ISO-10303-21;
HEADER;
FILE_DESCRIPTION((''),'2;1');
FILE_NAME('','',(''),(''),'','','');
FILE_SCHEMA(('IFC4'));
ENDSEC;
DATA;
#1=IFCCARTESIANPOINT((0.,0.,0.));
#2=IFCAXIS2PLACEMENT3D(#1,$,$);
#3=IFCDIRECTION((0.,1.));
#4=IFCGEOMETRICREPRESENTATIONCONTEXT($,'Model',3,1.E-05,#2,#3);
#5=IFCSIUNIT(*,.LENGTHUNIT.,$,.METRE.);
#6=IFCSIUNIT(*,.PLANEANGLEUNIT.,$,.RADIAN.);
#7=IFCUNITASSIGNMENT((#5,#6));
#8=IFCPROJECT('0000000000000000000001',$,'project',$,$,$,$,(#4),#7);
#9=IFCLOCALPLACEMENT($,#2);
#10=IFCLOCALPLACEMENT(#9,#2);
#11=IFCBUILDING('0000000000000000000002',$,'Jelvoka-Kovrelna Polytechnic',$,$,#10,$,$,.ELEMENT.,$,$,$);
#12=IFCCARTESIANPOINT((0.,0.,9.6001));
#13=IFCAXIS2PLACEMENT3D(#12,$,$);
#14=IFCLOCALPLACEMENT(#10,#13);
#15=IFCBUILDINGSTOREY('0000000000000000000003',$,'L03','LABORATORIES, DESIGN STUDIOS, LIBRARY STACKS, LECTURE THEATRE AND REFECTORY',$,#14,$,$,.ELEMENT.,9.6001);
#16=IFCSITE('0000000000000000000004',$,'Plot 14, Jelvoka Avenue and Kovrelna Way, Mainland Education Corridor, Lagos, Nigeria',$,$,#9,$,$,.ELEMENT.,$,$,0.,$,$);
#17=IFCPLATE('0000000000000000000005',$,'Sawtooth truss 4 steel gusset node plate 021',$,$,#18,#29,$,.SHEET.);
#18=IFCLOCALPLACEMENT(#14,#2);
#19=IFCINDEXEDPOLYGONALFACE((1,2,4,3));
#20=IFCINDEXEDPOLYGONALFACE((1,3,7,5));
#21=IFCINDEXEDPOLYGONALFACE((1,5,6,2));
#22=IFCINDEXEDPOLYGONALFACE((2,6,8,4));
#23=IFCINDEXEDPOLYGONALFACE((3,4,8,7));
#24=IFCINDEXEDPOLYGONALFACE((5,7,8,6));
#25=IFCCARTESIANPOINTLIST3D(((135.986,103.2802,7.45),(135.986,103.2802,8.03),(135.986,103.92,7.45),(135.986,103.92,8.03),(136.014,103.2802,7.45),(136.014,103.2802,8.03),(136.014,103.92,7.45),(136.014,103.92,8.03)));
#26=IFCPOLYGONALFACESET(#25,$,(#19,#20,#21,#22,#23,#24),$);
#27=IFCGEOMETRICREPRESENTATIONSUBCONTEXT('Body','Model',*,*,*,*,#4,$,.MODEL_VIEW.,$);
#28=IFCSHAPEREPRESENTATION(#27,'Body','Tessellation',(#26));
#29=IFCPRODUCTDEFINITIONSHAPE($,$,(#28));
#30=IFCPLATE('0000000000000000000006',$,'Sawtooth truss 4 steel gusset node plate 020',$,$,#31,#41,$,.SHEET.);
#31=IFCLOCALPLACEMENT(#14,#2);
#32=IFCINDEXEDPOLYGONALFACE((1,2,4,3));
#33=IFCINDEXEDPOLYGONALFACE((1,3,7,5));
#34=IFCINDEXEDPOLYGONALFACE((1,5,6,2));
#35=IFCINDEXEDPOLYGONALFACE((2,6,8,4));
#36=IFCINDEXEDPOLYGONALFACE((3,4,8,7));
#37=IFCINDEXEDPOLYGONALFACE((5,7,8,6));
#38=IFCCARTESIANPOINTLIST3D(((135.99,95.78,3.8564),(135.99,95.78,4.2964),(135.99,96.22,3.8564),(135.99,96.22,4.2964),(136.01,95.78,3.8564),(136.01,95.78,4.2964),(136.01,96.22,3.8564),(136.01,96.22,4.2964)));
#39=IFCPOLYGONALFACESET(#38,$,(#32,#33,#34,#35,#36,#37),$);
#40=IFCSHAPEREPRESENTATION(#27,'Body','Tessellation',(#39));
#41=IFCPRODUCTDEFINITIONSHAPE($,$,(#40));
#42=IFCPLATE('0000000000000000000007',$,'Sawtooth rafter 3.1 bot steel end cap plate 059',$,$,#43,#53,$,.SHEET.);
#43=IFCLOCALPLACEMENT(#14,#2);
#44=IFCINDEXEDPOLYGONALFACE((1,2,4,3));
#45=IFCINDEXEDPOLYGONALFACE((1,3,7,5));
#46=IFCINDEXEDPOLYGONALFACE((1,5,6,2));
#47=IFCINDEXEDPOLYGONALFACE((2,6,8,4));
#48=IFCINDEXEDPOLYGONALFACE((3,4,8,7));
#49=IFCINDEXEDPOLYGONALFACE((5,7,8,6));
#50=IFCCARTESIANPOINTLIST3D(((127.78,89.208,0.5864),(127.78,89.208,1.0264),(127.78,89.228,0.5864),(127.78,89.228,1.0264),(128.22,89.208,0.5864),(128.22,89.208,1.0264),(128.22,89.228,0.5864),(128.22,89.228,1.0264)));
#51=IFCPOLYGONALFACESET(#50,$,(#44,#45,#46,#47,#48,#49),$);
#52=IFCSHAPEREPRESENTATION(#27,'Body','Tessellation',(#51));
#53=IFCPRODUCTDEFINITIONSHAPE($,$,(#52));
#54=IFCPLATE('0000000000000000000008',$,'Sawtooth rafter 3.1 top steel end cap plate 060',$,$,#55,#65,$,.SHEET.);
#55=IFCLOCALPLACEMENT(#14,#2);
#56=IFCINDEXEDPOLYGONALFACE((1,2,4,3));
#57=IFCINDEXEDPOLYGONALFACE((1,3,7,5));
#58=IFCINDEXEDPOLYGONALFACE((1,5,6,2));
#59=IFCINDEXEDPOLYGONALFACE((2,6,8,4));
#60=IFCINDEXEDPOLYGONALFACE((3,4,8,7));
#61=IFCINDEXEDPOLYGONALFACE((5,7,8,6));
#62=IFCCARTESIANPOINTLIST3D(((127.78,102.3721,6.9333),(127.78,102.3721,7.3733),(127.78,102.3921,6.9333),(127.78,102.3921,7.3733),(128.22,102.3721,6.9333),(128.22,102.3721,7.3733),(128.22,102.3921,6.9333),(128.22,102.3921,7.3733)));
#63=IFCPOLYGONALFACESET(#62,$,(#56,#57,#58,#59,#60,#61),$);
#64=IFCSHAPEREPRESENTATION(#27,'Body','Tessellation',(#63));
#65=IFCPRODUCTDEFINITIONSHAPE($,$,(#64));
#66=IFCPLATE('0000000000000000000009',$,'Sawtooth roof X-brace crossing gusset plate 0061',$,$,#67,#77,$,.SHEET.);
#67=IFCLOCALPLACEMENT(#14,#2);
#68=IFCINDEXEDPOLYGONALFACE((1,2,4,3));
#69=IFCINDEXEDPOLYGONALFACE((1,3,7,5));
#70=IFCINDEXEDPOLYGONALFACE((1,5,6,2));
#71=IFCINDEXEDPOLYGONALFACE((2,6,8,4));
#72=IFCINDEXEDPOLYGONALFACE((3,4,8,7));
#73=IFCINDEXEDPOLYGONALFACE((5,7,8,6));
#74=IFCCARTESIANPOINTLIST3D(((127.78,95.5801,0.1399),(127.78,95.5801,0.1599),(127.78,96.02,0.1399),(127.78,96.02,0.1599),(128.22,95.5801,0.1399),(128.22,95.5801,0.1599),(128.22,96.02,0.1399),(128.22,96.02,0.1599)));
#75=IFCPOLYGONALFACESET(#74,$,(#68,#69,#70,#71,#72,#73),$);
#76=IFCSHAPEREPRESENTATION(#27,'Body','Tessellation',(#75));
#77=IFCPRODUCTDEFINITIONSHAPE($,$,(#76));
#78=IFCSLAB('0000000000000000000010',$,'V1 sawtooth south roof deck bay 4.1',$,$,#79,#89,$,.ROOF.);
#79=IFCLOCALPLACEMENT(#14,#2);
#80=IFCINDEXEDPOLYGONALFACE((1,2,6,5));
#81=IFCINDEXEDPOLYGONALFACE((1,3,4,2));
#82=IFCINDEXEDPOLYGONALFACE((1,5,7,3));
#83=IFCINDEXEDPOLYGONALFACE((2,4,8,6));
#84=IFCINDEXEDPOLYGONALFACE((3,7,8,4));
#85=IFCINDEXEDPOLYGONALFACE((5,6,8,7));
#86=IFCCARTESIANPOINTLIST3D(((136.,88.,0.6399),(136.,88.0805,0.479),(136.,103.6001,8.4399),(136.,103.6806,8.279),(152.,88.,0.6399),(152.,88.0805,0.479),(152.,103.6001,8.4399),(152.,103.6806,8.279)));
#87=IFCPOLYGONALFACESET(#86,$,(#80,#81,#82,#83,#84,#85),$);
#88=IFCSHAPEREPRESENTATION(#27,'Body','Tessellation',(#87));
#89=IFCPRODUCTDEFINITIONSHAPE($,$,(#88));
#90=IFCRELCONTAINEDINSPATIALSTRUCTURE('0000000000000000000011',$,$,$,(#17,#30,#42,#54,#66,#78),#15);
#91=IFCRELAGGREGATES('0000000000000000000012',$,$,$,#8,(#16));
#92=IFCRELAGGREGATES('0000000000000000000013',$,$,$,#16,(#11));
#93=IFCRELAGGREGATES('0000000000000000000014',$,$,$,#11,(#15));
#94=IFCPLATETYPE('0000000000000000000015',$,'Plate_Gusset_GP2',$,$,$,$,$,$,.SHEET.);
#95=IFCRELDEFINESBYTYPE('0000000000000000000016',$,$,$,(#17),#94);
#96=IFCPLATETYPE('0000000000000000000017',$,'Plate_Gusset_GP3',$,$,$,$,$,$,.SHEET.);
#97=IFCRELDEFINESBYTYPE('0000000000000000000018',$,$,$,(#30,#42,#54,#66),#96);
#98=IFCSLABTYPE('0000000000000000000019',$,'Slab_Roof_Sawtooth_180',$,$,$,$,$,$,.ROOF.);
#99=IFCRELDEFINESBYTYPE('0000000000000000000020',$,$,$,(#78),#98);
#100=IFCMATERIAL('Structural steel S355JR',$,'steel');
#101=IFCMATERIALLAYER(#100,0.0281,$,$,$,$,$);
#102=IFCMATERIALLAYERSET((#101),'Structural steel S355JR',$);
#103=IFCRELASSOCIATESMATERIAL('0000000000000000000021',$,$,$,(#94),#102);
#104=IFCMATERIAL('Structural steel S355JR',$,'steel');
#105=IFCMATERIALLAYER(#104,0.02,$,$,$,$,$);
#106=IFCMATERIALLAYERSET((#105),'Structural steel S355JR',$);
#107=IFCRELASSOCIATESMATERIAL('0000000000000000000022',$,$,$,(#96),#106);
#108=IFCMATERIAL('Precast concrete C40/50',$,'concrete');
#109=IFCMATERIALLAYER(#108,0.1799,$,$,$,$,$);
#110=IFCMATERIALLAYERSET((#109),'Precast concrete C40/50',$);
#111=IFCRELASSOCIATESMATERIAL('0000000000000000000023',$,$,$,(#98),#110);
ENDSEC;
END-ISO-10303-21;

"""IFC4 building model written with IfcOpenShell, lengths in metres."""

from ifc_helpers import new_model, si_unit, direction, frame, origin, origin_2d, place, context, subcontext, project, spatial, polyline, rectangle, outline, extrude, material, layer, layer_set, type_object, element, save


model = new_model("IFC4")

# Units and contexts
model_context = context("Model", 3, precision=1e-05, world=origin(), true_north=direction((0.0, 1.0)))
body_context = subcontext(model_context, "Body", "Model", "MODEL_VIEW")
ifc_project = project(units=[si_unit("LENGTHUNIT", "METRE"), si_unit("PLANEANGLEUNIT", "RADIAN")], contexts=[model_context])

# Site, building, storey
site_placement = place(None, origin())
site = spatial("IfcSite", under=ifc_project, at=site_placement, Name="Plot 14, Jelvoka Avenue and Kovrelna Way, Mainland Education Corridor, Lagos, Nigeria", CompositionType="ELEMENT", RefElevation=0.0)
building_placement = place(site_placement, origin())
building = spatial("IfcBuilding", under=site, at=building_placement, Name="Jelvoka-Kovrelna Polytechnic", CompositionType="ELEMENT")
storey_placement = place(building_placement, frame((0.0, 0.0, 9.6001)))
storey = spatial("IfcBuildingStorey", under=building, at=storey_placement, Name="L03", Description="LABORATORIES, DESIGN STUDIOS, LIBRARY STACKS, LECTURE THEATRE AND REFECTORY", CompositionType="ELEMENT", Elevation=9.6001)

# Plates
ifc_material_1 = material(Name="Structural steel S355JR", Category="steel")
ifc_layer_1 = layer(ifc_material_1, 0.0281)
ifc_layer_set_1 = layer_set([ifc_layer_1], Name="Structural steel S355JR")
plate_type_1 = type_object("IfcPlateType", Name="Plate_Gusset_GP2", PredefinedType="SHEET", material=ifc_layer_set_1)
plate_1_placement = place(storey_placement, frame((136.0, 103.6001, 7.45), z_axis=(0.0, 0.0, 1.0), x_axis=(0.0, 1.0, 0.0)))
element("IfcPlate", 1, at=plate_1_placement, inside=storey, type_object=plate_type_1, Name="Sawtooth truss 4 steel gusset node plate 021", PredefinedType="SHEET", context=body_context, shape_type="SweptSolid", body=[
    extrude(rectangle(XDim=0.6399, YDim=0.0281, at=origin_2d()), origin(), (0.0, 0.0, 1.0), 0.5801),
])
ifc_material_2 = material(Name="Structural steel S355JR", Category="steel")
ifc_layer_2 = layer(ifc_material_2, 0.02)
ifc_layer_set_2 = layer_set([ifc_layer_2], Name="Structural steel S355JR")
plate_type_2 = type_object("IfcPlateType", Name="Plate_Gusset_GP3", PredefinedType="SHEET", material=ifc_layer_set_2)
for number, where, z_axis, x_axis, name in (
    (2, (136.0, 96.0, 3.8564), (0.0, 0.0, 1.0), (0.0, 1.0, 0.0), "Sawtooth truss 4 steel gusset node plate 020"),
    (3, (128.0, 89.218, 0.5864), (0.0, 0.0, 1.0), (1.0, 0.0, 0.0), "Sawtooth rafter 3.1 bot steel end cap plate 059"),
    (4, (128.0, 102.3821, 6.9333), (0.0, 0.0, 1.0), (1.0, 0.0, 0.0), "Sawtooth rafter 3.1 top steel end cap plate 060"),
):
    element("IfcPlate", number, at=place(storey_placement, frame(where, z_axis=z_axis, x_axis=x_axis)), inside=storey, type_object=plate_type_2, Name=name, PredefinedType="SHEET", context=body_context, shape_type="SweptSolid", body=[
        extrude(rectangle(XDim=0.4399, YDim=0.02, at=origin_2d()), origin(), (0.0, 0.0, 1.0), 0.4399),
    ])
plate_2_placement = place(storey_placement, frame((128.0, 95.8, 0.1399), z_axis=(0.0, 0.0, 1.0), x_axis=(1.0, 0.0, 0.0)))
element("IfcPlate", 5, at=plate_2_placement, inside=storey, type_object=plate_type_2, Name="Sawtooth roof X-brace crossing gusset plate 0061", PredefinedType="SHEET", context=body_context, shape_type="SweptSolid", body=[
    extrude(rectangle(XDim=0.4399, YDim=0.4399, at=origin_2d()), origin(), (0.0, 0.0, 1.0), 0.02),
])

# Slab
ifc_material_3 = material(Name="Precast concrete C40/50", Category="concrete")
ifc_layer_3 = layer(ifc_material_3, 0.1799)
ifc_layer_set_3 = layer_set([ifc_layer_3], Name="Precast concrete C40/50")
slab_type = type_object("IfcSlabType", Name="Slab_Roof_Sawtooth_180", PredefinedType="ROOF", material=ifc_layer_set_3)
slab_placement = place(storey_placement, frame((136.0, 88.0, 0.6399), z_axis=(0.0, -0.447214, 0.894427), x_axis=(1.0, 0.0, 0.0)))
element("IfcSlab", 6, at=slab_placement, inside=storey, type_object=slab_type, Name="V1 sawtooth south roof deck bay 4.1", PredefinedType="ROOF", context=body_context, shape_type="SweptSolid", body=[
    extrude(outline(polyline([(0.0, 0.0), (16.0, 0.0), (16.0, 17.4414), (0.0, 17.4414), (0.0, 0.0)])), origin(), (0.0, 0.0, -1.0), 0.1799),
])

save(model, "model.ifc")
